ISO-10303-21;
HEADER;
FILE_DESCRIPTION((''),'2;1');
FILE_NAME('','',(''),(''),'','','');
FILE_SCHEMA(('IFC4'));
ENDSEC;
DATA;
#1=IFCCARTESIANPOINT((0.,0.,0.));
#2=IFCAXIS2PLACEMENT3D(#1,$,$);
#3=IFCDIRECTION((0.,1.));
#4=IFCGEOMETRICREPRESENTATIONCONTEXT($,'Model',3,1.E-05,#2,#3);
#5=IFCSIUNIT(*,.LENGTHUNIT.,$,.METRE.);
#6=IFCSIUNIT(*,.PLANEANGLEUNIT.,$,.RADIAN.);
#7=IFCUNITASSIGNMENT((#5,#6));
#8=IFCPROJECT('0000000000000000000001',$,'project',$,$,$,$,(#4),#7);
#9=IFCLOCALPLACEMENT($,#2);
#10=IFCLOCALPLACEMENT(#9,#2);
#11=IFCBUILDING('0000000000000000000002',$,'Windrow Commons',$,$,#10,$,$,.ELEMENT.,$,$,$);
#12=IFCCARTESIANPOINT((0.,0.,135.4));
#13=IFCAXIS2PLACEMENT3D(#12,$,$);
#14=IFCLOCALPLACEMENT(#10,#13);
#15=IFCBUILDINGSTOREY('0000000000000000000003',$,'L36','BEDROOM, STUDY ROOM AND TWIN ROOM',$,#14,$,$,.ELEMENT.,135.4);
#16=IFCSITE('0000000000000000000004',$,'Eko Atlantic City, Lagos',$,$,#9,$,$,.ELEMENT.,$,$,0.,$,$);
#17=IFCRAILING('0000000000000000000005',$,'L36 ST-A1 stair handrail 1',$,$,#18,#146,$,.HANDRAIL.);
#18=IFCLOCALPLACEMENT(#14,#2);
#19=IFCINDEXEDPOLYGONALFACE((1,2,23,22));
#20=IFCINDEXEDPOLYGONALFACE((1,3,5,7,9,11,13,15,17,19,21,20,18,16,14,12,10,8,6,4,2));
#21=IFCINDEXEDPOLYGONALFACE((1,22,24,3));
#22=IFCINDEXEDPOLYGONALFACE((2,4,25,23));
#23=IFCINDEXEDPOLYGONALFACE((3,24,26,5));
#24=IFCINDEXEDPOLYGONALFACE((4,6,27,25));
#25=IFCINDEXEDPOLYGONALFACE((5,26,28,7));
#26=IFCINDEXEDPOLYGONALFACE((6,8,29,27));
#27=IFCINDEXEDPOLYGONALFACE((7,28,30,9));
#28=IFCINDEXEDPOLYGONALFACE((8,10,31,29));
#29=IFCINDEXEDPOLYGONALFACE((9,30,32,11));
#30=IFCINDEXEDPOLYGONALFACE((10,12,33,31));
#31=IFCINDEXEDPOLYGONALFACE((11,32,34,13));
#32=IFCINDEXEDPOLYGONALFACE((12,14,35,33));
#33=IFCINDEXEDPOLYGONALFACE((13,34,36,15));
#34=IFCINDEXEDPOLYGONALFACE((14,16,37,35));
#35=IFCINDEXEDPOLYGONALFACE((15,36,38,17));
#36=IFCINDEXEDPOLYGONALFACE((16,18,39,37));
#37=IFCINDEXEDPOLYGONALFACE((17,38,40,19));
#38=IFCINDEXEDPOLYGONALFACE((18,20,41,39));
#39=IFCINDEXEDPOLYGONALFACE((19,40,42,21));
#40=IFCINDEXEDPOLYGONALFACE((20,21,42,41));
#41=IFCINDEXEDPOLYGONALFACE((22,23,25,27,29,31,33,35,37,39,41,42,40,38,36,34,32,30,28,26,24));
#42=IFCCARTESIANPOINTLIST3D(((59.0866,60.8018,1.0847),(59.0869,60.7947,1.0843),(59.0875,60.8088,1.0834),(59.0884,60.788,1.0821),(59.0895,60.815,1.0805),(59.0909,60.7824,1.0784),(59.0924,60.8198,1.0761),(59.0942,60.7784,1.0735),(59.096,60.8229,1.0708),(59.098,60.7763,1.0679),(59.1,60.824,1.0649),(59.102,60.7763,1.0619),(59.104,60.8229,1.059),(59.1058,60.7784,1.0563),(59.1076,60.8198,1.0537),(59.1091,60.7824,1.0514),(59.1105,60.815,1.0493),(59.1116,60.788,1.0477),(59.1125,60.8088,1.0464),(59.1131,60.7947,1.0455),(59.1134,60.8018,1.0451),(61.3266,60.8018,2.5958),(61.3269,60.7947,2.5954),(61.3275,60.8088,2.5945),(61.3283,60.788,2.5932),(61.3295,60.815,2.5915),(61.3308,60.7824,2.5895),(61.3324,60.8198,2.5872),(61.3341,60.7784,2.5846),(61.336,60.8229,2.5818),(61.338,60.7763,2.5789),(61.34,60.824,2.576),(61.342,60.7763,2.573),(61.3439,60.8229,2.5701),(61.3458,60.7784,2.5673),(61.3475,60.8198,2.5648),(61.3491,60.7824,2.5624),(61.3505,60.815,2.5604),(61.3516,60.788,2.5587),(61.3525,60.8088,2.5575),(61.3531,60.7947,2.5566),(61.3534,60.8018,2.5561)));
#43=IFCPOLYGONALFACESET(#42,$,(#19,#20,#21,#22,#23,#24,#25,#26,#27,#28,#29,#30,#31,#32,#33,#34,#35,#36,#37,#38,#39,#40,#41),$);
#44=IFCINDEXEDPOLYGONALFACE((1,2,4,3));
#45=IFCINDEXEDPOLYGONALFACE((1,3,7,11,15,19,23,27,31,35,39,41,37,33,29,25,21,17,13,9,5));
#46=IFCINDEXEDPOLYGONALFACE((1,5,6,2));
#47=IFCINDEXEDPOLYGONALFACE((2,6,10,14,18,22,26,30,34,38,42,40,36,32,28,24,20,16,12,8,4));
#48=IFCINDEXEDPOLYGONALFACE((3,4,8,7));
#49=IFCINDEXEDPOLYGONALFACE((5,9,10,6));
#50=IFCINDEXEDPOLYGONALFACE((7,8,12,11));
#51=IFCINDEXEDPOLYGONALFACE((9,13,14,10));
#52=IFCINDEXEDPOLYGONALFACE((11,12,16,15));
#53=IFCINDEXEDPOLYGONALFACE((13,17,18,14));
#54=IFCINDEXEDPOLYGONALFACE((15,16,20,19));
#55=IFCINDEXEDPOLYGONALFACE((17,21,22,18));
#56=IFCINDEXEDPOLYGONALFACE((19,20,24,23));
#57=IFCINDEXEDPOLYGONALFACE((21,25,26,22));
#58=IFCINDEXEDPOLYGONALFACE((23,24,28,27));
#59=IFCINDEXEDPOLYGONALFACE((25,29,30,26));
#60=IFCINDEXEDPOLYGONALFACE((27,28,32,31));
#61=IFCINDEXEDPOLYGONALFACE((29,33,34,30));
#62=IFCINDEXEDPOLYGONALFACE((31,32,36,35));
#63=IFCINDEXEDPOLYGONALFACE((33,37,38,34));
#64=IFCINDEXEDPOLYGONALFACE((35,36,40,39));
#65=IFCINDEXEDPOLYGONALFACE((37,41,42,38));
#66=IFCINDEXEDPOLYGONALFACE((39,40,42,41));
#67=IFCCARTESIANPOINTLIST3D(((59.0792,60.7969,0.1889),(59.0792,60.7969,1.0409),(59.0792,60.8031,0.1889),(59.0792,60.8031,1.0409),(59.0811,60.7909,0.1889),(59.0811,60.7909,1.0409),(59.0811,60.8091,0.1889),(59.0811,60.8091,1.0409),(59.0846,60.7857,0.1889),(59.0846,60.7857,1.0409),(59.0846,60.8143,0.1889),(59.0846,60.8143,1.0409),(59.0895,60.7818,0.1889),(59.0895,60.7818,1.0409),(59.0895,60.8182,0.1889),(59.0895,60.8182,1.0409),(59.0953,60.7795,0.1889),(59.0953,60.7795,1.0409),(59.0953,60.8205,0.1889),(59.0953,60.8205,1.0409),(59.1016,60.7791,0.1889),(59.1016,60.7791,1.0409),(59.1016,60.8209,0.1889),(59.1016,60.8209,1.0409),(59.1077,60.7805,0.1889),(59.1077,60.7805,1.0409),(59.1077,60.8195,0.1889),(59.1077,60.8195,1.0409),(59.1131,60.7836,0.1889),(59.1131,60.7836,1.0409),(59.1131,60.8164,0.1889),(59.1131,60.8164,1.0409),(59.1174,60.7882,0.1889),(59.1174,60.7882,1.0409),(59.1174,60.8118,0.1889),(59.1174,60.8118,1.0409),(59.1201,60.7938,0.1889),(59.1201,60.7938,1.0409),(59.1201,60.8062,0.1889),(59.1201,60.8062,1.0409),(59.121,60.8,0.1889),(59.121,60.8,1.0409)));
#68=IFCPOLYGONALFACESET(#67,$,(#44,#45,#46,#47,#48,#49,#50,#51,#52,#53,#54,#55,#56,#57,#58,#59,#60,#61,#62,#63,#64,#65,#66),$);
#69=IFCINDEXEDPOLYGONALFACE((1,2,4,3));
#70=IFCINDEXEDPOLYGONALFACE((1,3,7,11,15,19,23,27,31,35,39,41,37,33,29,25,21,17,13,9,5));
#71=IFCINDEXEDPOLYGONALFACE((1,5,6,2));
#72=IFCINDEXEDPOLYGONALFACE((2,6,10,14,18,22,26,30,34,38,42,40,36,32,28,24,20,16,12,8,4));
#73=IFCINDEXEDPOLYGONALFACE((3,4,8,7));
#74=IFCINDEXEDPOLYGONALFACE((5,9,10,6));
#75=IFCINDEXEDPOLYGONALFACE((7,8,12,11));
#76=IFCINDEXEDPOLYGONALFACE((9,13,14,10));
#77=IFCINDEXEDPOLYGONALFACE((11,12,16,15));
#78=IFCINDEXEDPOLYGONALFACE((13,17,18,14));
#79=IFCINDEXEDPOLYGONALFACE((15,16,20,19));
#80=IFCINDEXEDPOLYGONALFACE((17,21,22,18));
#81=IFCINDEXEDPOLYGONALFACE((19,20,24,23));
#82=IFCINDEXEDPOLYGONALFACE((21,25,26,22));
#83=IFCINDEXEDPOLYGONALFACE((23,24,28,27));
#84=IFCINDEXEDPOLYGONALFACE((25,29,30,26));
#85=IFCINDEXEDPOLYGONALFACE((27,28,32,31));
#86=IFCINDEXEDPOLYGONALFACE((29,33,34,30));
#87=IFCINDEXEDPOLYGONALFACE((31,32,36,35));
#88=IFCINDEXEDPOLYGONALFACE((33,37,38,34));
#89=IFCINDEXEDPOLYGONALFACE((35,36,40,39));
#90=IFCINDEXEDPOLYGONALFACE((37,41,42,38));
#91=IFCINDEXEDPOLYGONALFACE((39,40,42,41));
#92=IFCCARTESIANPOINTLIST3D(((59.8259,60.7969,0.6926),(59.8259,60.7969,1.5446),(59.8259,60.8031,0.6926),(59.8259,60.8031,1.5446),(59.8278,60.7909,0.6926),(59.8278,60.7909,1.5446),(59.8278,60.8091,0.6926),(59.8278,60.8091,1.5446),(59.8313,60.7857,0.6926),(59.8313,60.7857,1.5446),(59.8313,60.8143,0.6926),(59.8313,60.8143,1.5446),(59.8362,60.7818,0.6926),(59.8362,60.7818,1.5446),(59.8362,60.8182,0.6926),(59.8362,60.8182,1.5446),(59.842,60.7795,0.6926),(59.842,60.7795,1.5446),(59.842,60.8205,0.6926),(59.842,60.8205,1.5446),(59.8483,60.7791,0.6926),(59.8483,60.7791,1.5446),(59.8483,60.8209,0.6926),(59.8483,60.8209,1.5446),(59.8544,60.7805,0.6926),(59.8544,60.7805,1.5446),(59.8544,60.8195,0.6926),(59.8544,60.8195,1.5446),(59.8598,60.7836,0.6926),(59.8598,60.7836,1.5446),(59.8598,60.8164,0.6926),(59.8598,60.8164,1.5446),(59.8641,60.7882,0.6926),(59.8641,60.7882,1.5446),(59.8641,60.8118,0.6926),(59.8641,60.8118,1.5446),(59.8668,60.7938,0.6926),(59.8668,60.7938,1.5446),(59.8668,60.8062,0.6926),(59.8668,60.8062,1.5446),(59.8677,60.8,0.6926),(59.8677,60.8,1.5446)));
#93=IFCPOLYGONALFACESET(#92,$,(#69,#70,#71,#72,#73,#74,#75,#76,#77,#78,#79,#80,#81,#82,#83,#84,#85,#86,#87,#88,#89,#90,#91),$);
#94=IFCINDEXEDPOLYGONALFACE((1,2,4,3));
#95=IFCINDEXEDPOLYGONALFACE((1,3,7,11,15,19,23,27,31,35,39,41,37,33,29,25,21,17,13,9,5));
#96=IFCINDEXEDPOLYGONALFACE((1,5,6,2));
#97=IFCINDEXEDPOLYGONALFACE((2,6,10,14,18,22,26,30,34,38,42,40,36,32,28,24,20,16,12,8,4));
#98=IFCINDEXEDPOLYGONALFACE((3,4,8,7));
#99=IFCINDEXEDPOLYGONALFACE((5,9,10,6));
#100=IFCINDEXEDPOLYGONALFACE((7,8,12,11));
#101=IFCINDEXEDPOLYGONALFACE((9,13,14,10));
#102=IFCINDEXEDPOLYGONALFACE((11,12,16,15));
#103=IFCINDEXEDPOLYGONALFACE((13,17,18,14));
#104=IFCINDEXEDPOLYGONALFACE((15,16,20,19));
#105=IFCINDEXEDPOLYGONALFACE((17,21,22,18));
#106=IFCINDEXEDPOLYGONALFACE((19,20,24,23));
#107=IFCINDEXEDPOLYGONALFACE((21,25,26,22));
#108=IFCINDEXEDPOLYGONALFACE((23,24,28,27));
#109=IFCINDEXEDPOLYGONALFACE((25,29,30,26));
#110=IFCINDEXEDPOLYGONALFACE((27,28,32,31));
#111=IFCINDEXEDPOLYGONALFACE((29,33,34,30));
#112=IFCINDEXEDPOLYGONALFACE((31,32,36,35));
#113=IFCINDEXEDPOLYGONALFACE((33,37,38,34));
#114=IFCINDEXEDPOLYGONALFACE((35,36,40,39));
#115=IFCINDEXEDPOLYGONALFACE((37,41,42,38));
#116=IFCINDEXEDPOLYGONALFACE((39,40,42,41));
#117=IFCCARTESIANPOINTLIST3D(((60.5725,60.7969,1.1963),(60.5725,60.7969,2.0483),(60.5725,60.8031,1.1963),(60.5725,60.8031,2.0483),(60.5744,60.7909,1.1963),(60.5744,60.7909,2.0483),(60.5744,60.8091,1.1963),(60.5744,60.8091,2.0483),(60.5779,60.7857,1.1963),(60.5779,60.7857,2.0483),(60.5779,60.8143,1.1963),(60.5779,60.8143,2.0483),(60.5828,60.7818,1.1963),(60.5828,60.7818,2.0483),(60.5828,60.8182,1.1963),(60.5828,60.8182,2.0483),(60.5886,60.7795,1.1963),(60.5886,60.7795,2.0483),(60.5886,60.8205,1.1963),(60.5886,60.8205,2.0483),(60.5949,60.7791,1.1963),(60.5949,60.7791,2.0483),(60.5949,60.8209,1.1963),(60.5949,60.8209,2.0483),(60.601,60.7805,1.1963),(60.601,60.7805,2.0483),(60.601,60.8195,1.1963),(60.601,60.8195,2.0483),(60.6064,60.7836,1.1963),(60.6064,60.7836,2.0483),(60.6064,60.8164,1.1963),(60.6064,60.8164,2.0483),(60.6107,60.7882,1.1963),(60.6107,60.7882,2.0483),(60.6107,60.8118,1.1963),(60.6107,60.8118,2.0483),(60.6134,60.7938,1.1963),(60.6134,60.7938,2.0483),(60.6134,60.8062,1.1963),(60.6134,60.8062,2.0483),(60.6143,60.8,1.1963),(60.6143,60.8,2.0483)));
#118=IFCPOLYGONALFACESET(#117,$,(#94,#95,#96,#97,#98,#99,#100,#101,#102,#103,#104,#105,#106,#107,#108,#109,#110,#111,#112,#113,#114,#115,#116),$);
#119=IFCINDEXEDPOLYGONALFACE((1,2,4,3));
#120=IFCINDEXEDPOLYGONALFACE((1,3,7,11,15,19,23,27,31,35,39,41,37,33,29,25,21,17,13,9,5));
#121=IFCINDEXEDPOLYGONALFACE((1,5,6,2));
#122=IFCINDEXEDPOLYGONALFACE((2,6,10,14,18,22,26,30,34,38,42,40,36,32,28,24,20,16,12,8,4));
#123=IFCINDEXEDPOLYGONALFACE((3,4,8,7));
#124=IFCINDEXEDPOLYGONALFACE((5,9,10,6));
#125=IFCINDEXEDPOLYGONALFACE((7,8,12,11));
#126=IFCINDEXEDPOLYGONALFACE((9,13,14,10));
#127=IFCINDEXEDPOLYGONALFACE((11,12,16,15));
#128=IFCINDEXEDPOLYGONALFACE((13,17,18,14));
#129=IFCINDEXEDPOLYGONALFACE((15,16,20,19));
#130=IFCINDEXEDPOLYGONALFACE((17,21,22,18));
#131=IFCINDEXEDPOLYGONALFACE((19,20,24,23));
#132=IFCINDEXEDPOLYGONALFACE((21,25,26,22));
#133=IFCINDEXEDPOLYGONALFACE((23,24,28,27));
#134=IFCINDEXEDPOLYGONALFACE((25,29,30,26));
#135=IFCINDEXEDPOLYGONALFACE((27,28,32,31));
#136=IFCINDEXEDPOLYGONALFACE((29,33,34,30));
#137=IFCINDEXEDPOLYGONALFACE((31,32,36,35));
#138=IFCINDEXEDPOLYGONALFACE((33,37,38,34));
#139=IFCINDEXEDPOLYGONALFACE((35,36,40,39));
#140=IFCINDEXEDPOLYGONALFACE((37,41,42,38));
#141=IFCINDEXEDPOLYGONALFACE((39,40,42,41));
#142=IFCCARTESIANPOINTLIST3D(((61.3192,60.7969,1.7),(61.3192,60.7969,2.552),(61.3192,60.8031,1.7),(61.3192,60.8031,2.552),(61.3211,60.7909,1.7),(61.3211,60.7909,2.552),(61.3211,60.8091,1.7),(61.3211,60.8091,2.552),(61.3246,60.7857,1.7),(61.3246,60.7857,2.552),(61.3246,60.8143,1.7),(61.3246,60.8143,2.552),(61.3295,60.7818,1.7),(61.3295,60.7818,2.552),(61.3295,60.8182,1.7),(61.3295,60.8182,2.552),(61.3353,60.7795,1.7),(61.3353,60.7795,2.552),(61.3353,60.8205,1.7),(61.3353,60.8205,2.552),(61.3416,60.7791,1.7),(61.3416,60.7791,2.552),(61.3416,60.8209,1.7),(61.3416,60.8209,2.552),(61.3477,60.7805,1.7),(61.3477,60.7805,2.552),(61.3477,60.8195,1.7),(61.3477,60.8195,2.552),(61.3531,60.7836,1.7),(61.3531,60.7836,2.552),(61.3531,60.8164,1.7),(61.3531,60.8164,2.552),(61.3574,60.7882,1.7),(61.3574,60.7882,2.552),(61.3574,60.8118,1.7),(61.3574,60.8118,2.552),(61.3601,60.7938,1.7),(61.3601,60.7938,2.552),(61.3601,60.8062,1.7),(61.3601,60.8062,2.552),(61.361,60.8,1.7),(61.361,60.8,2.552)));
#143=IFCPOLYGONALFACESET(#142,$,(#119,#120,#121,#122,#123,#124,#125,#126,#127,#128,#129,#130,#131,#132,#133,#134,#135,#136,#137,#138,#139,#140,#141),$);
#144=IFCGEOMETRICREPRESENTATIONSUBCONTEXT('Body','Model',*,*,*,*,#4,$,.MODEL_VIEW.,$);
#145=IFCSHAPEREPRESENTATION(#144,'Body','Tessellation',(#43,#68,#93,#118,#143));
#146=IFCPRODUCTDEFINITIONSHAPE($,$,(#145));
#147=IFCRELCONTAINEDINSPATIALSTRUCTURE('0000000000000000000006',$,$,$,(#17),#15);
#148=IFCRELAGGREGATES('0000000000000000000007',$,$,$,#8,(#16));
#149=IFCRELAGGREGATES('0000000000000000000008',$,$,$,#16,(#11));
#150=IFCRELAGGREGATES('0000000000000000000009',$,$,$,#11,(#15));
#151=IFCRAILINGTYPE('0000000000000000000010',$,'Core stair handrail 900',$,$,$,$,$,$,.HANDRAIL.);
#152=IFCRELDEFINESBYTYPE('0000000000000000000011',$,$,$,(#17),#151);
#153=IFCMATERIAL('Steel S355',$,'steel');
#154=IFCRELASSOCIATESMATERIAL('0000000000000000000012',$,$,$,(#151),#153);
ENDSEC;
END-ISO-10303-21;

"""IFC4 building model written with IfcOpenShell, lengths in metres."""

from ifc_helpers import new_model, si_unit, direction, frame, origin, origin_2d, place, context, subcontext, project, spatial, circle, extrude, material, type_object, element, save


model = new_model("IFC4")

# Units and contexts
model_context = context("Model", 3, precision=1e-05, world=origin(), true_north=direction((0.0, 1.0)))
body_context = subcontext(model_context, "Body", "Model", "MODEL_VIEW")
ifc_project = project(units=[si_unit("LENGTHUNIT", "METRE"), si_unit("PLANEANGLEUNIT", "RADIAN")], contexts=[model_context])

# Site, building, storey
site_placement = place(None, origin())
site = spatial("IfcSite", under=ifc_project, at=site_placement, Name="Eko Atlantic City, Lagos", CompositionType="ELEMENT", RefElevation=0.0)
building_placement = place(site_placement, origin())
building = spatial("IfcBuilding", under=site, at=building_placement, Name="Windrow Commons", CompositionType="ELEMENT")
storey_placement = place(building_placement, frame((0.0, 0.0, 135.4)))
storey = spatial("IfcBuildingStorey", under=building, at=storey_placement, Name="L36", Description="BEDROOM, STUDY ROOM AND TWIN ROOM", CompositionType="ELEMENT", Elevation=135.4)

# Railing
ifc_material_1 = material(Name="Steel S355", Category="steel")
railing_type = type_object("IfcRailingType", Name="Core stair handrail 900", PredefinedType="HANDRAIL", material=ifc_material_1)
railing_placement = place(storey_placement, frame((59.1, 60.8, 0.1889)))
element("IfcRailing", 1, at=railing_placement, inside=storey, type_object=railing_type, Name="L36 ST-A1 stair handrail 1", PredefinedType="HANDRAIL", context=body_context, shape_type="SweptSolid", body=[
    extrude(circle(Radius=0.024, at=origin_2d()), frame((0.0, 0.0, 0.876), z_axis=(0.829003, 0.0, 0.559244), x_axis=(0.0, 1.0, 0.0)), (0.0, 0.0, 1.0), 2.702),
    extrude(circle(Radius=0.021, at=origin_2d()), origin(), (0.0, 0.0, 1.0), 0.852),
    extrude(circle(Radius=0.021, at=origin_2d()), frame((0.7467, 0.0, 0.5037)), (0.0, 0.0, 1.0), 0.852),
    extrude(circle(Radius=0.021, at=origin_2d()), frame((1.4933, 0.0, 1.0074)), (0.0, 0.0, 1.0), 0.852),
    extrude(circle(Radius=0.021, at=origin_2d()), frame((2.24, 0.0, 1.5111)), (0.0, 0.0, 1.0), 0.852),
])

save(model, "model.ifc")
